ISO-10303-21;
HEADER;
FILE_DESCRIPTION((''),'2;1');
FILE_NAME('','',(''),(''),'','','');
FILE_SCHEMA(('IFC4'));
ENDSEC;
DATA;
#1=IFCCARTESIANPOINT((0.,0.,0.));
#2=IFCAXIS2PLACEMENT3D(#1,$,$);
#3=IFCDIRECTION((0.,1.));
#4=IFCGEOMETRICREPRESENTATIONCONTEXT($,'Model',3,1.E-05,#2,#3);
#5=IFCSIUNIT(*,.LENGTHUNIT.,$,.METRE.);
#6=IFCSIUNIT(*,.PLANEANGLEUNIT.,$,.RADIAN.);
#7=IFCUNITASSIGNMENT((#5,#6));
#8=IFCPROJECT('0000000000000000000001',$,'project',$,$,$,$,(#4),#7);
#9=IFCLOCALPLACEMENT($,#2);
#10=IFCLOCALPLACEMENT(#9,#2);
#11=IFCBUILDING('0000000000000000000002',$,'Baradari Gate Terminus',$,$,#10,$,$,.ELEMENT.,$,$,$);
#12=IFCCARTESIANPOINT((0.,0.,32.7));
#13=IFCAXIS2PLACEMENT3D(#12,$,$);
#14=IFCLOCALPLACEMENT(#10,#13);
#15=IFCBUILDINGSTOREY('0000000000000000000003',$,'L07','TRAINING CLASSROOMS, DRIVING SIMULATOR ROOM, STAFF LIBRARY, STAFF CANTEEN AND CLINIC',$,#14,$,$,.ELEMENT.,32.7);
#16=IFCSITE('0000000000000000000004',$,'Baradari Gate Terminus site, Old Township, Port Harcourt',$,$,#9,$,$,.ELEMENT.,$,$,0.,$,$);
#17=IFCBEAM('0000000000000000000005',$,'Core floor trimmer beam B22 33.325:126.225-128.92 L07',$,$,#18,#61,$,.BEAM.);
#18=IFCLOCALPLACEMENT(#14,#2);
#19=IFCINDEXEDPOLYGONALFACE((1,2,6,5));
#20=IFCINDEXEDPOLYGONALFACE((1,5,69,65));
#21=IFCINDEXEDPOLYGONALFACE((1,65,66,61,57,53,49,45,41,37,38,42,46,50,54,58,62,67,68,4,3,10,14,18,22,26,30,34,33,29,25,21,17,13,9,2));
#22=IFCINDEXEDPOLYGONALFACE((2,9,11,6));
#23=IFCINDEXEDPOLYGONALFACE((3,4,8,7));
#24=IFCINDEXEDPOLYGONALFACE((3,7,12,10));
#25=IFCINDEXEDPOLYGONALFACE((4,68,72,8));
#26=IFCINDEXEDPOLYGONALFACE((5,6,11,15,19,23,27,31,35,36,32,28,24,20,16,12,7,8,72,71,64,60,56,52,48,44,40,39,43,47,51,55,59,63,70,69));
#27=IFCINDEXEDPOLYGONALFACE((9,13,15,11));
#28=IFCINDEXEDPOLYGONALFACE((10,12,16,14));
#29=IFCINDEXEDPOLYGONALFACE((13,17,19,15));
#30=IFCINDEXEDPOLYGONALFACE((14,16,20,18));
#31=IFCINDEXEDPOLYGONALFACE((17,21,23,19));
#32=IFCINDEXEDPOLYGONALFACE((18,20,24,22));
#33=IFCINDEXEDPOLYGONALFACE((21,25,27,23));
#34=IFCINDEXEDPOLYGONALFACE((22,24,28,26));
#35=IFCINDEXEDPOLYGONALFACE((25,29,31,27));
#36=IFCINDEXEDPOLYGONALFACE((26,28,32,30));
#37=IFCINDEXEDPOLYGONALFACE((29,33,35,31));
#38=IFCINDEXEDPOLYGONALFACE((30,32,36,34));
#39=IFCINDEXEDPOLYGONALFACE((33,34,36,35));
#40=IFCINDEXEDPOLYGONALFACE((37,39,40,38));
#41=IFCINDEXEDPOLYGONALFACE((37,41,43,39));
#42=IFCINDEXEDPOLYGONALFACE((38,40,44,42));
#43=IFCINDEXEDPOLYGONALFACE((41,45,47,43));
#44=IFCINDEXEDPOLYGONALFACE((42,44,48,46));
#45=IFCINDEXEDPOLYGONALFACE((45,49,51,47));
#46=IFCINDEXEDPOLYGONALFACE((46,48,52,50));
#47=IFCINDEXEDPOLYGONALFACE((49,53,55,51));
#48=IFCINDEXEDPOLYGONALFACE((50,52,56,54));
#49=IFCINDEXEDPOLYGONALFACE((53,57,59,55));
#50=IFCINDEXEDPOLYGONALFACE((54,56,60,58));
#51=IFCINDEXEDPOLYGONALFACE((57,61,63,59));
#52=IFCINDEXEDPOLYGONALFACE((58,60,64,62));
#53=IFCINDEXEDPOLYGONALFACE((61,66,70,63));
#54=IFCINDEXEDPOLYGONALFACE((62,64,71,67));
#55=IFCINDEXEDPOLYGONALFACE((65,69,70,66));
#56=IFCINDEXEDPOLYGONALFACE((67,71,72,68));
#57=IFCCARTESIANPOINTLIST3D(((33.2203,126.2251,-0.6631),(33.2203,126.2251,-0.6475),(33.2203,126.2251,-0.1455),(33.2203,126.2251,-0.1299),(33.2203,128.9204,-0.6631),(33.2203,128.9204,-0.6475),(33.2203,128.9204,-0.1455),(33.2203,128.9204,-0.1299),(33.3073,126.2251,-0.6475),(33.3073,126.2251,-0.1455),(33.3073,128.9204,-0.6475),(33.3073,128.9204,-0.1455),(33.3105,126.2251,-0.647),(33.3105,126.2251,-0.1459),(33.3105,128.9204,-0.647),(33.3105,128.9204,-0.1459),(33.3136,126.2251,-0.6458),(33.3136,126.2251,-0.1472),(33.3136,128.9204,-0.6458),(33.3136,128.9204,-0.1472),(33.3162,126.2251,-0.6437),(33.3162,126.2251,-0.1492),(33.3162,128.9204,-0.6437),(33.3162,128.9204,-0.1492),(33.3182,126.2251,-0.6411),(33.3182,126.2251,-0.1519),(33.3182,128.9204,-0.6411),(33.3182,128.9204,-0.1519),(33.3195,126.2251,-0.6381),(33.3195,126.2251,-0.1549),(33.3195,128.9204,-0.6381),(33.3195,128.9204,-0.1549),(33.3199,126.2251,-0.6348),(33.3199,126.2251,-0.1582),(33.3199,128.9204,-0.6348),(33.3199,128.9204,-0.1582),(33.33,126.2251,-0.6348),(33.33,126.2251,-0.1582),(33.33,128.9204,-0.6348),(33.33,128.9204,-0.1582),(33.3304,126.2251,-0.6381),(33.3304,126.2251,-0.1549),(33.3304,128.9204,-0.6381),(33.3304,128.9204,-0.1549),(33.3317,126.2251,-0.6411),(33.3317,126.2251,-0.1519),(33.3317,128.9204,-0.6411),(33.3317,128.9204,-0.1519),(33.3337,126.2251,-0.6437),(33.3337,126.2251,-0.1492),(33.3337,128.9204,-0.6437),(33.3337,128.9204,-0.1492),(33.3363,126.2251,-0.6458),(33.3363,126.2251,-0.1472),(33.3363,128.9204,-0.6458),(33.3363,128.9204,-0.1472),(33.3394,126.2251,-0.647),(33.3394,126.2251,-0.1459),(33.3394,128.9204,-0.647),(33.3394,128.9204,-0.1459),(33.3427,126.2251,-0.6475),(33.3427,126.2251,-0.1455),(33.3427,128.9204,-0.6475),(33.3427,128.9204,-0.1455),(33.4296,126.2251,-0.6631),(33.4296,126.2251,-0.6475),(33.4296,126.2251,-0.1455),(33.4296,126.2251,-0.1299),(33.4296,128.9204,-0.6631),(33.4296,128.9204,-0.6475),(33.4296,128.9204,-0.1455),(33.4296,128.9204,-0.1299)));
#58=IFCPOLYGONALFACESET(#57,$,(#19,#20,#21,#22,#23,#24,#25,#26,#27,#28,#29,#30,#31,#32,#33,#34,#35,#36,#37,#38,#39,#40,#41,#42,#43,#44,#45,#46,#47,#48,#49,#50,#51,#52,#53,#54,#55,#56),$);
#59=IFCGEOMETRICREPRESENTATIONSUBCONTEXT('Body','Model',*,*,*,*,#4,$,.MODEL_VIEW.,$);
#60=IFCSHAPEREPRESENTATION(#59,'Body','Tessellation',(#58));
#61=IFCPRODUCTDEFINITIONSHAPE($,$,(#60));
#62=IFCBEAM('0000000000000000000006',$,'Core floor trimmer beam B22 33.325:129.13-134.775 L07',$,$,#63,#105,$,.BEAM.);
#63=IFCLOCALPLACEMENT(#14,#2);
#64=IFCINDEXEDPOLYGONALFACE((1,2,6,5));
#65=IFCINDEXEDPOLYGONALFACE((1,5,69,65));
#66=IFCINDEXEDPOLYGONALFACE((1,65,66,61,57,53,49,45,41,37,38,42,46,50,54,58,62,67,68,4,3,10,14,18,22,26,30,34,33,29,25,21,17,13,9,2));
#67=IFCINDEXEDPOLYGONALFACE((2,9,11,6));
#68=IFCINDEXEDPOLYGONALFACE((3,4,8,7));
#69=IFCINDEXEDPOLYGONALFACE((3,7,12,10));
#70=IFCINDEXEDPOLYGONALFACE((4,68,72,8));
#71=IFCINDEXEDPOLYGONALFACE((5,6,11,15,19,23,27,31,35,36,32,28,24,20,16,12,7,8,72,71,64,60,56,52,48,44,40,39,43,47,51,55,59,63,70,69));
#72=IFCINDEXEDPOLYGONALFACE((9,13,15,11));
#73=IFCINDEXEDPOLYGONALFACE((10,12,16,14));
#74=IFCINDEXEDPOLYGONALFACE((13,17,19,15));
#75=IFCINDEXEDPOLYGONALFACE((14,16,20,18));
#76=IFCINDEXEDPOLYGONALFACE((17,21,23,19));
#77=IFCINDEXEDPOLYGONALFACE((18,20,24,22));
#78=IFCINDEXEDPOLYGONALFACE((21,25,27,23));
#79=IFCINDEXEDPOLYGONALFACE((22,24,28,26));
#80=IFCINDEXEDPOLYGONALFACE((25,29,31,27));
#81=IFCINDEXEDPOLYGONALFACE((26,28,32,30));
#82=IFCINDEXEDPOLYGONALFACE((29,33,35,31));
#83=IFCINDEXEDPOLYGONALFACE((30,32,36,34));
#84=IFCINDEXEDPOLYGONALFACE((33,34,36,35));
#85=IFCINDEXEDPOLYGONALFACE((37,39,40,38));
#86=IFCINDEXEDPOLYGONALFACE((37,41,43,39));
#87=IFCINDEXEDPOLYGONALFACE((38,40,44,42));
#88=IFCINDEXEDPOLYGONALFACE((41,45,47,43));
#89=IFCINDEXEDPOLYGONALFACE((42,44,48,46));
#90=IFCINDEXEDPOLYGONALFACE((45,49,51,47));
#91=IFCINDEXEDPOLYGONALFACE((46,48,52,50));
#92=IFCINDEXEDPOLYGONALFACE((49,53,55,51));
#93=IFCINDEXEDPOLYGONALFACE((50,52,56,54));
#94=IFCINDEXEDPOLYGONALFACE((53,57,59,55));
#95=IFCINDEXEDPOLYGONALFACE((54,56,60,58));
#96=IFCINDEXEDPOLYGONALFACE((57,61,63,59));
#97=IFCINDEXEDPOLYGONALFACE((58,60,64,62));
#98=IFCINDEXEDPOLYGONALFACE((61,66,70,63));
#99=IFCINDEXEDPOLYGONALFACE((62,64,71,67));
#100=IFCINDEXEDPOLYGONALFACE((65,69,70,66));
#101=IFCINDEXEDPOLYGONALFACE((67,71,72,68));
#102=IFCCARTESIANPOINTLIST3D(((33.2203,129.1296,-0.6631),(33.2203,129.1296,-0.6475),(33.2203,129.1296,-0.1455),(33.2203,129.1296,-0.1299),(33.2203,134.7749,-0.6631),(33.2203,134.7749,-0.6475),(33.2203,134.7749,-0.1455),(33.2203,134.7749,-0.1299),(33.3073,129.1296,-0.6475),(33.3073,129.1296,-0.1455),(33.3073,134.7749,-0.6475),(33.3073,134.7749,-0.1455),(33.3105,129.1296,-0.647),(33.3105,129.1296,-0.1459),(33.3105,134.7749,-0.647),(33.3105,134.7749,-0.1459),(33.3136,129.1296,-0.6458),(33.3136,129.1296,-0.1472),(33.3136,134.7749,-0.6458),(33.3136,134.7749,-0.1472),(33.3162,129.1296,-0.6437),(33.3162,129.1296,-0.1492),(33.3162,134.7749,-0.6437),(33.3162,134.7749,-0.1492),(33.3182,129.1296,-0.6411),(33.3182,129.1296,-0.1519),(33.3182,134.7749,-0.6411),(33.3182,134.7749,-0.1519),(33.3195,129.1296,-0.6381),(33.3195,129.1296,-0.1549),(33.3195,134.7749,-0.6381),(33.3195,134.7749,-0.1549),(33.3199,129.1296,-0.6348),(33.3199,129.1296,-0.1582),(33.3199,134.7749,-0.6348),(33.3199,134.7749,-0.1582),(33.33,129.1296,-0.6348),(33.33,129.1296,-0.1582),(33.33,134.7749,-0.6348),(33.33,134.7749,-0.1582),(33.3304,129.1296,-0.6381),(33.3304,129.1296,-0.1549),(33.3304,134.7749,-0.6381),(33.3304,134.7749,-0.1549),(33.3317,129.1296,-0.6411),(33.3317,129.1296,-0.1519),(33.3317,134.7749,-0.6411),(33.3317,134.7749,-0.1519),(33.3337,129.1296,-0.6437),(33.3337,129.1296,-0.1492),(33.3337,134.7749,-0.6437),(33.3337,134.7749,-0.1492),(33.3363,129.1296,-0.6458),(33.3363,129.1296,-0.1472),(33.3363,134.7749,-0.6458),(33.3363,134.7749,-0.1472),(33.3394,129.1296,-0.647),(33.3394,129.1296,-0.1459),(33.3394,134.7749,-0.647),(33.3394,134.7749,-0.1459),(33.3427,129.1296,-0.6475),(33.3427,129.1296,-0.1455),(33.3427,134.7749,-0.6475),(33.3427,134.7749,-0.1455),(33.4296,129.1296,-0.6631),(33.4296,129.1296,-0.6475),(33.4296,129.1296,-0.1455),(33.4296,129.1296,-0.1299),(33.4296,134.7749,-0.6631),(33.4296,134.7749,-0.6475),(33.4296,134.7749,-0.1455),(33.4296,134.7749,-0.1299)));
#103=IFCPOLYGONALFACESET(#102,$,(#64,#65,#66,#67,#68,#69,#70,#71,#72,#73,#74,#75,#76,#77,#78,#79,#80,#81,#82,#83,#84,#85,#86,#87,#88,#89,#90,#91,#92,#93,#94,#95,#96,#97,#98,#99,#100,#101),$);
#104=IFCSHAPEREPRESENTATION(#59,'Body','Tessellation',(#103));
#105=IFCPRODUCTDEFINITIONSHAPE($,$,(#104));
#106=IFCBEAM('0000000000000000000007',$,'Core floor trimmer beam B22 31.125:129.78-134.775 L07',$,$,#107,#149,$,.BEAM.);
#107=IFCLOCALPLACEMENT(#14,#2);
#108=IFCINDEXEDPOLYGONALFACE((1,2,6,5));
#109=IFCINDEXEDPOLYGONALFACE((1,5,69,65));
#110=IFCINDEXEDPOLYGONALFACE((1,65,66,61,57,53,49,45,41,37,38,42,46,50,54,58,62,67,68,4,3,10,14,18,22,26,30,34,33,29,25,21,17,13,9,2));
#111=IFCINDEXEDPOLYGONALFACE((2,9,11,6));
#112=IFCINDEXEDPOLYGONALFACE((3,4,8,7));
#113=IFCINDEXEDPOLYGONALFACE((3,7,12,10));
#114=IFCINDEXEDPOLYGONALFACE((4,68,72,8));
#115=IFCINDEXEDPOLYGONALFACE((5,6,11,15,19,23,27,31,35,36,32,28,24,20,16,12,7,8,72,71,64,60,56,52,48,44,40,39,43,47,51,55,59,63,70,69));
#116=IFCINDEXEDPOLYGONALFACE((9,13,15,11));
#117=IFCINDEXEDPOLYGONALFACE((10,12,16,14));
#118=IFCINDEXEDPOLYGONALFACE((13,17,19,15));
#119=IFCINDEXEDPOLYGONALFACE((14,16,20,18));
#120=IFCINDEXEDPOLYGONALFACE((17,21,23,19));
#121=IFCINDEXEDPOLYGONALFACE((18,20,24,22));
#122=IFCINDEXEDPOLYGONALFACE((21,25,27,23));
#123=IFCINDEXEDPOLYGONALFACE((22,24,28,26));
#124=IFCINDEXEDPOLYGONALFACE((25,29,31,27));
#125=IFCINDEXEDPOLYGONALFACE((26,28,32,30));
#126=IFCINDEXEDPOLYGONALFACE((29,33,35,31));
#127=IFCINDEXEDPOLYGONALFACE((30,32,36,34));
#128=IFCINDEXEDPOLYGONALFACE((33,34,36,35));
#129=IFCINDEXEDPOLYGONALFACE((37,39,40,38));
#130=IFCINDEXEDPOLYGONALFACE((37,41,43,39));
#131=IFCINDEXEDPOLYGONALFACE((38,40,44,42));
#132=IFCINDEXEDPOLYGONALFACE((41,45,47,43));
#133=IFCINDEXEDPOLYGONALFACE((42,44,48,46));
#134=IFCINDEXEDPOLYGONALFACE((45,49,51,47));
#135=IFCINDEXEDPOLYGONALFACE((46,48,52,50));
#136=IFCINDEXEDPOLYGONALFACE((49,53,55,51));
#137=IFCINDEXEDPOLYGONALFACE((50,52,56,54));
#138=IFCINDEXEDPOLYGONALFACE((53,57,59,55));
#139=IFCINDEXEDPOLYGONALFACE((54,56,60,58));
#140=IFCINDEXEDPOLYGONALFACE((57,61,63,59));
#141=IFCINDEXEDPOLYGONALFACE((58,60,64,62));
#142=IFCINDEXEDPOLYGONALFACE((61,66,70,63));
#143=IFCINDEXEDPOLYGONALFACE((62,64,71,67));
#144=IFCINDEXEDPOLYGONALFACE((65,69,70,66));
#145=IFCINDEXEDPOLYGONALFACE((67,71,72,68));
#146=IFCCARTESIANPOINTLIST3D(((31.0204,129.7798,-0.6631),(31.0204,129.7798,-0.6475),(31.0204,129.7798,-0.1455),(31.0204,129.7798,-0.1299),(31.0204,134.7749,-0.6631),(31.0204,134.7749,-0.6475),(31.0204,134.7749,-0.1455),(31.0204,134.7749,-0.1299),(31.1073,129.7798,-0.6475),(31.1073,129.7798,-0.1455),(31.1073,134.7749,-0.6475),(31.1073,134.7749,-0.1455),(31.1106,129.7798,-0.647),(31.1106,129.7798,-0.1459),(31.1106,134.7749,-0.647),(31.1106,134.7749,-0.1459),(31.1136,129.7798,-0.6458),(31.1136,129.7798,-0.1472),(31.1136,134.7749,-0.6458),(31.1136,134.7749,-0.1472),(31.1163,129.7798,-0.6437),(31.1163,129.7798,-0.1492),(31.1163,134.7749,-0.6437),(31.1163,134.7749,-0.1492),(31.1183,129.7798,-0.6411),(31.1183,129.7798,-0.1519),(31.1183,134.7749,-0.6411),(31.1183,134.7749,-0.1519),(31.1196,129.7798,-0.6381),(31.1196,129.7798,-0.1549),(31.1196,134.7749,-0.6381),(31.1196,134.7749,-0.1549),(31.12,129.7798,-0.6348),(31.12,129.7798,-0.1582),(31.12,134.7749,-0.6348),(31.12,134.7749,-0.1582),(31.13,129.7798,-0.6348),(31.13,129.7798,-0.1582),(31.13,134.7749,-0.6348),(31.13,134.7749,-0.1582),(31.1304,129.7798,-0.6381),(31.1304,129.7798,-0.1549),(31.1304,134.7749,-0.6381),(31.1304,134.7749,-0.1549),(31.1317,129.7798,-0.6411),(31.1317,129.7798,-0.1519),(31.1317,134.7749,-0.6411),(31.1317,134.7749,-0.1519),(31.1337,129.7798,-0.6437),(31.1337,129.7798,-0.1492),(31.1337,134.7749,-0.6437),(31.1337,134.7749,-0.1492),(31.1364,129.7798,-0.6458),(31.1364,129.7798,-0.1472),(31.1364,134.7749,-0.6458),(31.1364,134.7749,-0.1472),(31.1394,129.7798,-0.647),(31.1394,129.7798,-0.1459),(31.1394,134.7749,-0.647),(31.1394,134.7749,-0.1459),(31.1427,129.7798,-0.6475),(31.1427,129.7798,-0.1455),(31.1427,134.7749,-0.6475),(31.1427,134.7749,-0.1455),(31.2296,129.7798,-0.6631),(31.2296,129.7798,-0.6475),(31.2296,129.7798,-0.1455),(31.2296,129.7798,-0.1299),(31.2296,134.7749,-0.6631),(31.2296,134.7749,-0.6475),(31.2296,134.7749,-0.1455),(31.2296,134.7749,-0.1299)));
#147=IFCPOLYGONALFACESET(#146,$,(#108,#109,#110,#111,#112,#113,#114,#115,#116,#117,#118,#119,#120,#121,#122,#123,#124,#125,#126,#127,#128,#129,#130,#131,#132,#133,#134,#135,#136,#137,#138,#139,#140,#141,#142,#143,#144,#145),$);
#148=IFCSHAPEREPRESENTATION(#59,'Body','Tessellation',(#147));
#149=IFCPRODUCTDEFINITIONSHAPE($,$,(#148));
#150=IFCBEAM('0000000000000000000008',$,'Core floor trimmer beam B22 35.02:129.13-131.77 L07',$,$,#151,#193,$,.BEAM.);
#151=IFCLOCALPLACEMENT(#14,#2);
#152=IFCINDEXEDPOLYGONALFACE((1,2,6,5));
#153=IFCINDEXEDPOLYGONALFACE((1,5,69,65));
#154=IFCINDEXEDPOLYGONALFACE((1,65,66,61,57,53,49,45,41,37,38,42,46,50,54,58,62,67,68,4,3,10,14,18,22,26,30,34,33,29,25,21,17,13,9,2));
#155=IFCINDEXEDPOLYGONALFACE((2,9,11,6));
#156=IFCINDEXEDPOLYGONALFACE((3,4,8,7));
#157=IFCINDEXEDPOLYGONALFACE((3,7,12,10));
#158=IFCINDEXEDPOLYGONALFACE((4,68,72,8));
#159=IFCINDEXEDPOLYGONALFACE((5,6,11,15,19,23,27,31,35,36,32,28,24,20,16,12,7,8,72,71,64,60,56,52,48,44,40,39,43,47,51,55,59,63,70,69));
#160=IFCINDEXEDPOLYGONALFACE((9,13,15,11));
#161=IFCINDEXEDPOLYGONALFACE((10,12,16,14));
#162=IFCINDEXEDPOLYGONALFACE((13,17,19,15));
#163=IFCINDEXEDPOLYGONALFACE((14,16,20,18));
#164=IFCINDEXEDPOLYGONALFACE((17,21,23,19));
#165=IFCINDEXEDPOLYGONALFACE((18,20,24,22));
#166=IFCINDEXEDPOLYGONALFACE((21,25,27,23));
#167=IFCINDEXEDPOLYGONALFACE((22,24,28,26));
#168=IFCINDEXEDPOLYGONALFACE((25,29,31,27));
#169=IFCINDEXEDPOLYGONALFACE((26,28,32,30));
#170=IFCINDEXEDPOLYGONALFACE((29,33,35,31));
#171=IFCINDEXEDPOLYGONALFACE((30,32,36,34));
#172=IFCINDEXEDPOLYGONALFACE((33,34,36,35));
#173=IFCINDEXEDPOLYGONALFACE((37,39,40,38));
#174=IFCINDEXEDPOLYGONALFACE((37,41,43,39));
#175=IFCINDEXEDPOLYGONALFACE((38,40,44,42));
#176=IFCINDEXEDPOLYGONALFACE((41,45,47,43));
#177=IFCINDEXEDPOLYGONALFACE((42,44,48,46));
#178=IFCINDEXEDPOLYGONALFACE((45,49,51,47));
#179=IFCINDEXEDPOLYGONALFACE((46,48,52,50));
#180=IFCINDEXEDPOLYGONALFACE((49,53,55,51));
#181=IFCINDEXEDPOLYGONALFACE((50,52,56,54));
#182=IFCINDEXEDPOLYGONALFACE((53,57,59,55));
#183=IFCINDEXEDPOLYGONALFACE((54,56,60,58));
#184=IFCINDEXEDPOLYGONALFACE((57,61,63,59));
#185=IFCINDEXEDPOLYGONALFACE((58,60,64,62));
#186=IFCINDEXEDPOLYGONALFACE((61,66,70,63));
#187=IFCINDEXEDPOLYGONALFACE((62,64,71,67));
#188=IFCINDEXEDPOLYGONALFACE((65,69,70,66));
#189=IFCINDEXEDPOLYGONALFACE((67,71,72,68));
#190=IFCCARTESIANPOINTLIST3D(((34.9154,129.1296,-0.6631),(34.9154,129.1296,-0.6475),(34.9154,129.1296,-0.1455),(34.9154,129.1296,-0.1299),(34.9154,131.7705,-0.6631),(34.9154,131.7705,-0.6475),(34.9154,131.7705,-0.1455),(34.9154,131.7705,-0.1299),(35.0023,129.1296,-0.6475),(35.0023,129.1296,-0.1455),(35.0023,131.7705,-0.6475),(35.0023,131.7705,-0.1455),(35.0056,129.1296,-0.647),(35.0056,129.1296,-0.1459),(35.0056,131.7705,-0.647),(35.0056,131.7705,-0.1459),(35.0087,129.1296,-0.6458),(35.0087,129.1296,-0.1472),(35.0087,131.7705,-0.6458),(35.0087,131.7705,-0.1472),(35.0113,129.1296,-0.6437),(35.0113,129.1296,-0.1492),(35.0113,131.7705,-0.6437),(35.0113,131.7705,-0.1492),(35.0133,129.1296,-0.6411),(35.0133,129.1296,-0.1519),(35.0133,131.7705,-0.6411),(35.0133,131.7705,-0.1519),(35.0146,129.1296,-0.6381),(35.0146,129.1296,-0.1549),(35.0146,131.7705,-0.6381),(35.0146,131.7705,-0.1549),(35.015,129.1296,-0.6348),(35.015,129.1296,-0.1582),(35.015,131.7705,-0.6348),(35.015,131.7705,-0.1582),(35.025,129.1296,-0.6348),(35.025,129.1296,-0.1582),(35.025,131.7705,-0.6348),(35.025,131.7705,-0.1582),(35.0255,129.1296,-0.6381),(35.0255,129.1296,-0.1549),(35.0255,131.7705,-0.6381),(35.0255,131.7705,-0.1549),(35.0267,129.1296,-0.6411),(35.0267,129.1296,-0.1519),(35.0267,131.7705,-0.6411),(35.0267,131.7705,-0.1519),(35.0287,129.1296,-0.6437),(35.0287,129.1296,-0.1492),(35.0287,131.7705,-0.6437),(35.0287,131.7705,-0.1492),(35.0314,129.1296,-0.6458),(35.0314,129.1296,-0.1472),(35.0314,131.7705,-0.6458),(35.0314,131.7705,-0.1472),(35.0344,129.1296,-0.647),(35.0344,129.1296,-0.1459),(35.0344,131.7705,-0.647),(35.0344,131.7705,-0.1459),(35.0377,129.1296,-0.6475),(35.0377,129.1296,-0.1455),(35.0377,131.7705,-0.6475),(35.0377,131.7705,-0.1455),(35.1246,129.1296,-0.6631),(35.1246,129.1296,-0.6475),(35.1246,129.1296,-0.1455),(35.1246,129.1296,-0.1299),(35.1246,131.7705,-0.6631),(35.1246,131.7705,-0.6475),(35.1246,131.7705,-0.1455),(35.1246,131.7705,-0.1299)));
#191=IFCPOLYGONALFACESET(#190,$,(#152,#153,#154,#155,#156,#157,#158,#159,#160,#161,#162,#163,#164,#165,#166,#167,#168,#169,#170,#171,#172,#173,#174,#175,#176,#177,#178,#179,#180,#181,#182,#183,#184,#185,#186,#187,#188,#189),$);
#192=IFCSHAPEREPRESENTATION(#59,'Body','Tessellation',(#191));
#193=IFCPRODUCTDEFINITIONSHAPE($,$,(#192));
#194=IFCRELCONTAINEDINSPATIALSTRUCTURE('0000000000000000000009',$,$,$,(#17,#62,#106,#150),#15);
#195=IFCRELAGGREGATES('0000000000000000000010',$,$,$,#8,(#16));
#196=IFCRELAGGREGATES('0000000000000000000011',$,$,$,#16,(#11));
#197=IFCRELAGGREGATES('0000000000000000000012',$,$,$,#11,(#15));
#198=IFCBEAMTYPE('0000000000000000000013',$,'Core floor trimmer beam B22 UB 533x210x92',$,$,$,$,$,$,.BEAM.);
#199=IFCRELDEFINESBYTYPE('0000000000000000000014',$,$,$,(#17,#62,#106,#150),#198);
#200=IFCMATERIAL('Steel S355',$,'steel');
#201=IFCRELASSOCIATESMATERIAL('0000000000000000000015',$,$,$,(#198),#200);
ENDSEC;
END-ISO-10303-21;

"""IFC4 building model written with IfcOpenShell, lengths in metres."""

from ifc_helpers import new_model, si_unit, direction, frame, origin, origin_2d, place, context, subcontext, project, spatial, i_section, extrude, material, material_profile, profile_set, type_object, element, save


model = new_model("IFC4")

# Units and contexts
model_context = context("Model", 3, precision=1e-05, world=origin(), true_north=direction((0.0, 1.0)))
body_context = subcontext(model_context, "Body", "Model", "MODEL_VIEW")
ifc_project = project(units=[si_unit("LENGTHUNIT", "METRE"), si_unit("PLANEANGLEUNIT", "RADIAN")], contexts=[model_context])

# Site, building, storey
site_placement = place(None, origin())
site = spatial("IfcSite", under=ifc_project, at=site_placement, Name="Baradari Gate Terminus site, Old Township, Port Harcourt", CompositionType="ELEMENT", RefElevation=0.0)
building_placement = place(site_placement, origin())
building = spatial("IfcBuilding", under=site, at=building_placement, Name="Baradari Gate Terminus", CompositionType="ELEMENT")
storey_placement = place(building_placement, frame((0.0, 0.0, 32.7)))
storey = spatial("IfcBuildingStorey", under=building, at=storey_placement, Name="L07", Description="TRAINING CLASSROOMS, DRIVING SIMULATOR ROOM, STAFF LIBRARY, STAFF CANTEEN AND CLINIC", CompositionType="ELEMENT", Elevation=32.7)

# Beams
ifc_material_1 = material(Name="Steel S355", Category="steel")
ifc_material_profile_1 = material_profile(ifc_material_1, i_section(OverallWidth=0.2092, OverallDepth=0.5332, WebThickness=0.01, FlangeThickness=0.0156, FilletRadius=0.0127, at=origin_2d()), Name="UB 533x210x92")
ifc_profile_set_1 = profile_set([ifc_material_profile_1], Name="Steel S355")
beam_type_1 = type_object("IfcBeamType", Name="Core floor trimmer beam B22 UB 533x210x92", PredefinedType="BEAM", material=ifc_profile_set_1)
for number, where, z_axis, x_axis, name in (
    (1, (33.325, 126.2251, -0.3965), (0.0, 1.0, 0.0), (-1.0, 0.0, 0.0), "Core floor trimmer beam B22 33.325:126.225-128.92 L07"),
):
    element("IfcBeam", number, at=place(storey_placement, frame(where, z_axis=z_axis, x_axis=x_axis)), inside=storey, type_object=beam_type_1, Name=name, PredefinedType="BEAM", context=body_context, shape_type="SweptSolid", body=[
        extrude(i_section(OverallWidth=0.2092, OverallDepth=0.5332, WebThickness=0.01, FlangeThickness=0.0156, FilletRadius=0.0127, at=origin_2d()), origin(), (0.0, 0.0, 1.0), 2.6953),
    ])
beam_1_placement = place(storey_placement, frame((33.325, 129.1296, -0.3965), z_axis=(0.0, 1.0, 0.0), x_axis=(-1.0, 0.0, 0.0)))
element("IfcBeam", 2, at=beam_1_placement, inside=storey, type_object=beam_type_1, Name="Core floor trimmer beam B22 33.325:129.13-134.775 L07", PredefinedType="BEAM", context=body_context, shape_type="SweptSolid", body=[
    extrude(i_section(OverallWidth=0.2092, OverallDepth=0.5332, WebThickness=0.01, FlangeThickness=0.0156, FilletRadius=0.0127, at=origin_2d()), origin(), (0.0, 0.0, 1.0), 5.6453),
])
beam_2_placement = place(storey_placement, frame((31.125, 129.7798, -0.3965), z_axis=(0.0, 1.0, 0.0), x_axis=(-1.0, 0.0, 0.0)))
element("IfcBeam", 3, at=beam_2_placement, inside=storey, type_object=beam_type_1, Name="Core floor trimmer beam B22 31.125:129.78-134.775 L07", PredefinedType="BEAM", context=body_context, shape_type="SweptSolid", body=[
    extrude(i_section(OverallWidth=0.2092, OverallDepth=0.5332, WebThickness=0.01, FlangeThickness=0.0156, FilletRadius=0.0127, at=origin_2d()), origin(), (0.0, 0.0, 1.0), 4.9951),
])
beam_3_placement = place(storey_placement, frame((35.02, 129.1296, -0.3965), z_axis=(0.0, 1.0, 0.0), x_axis=(-1.0, 0.0, 0.0)))
element("IfcBeam", 4, at=beam_3_placement, inside=storey, type_object=beam_type_1, Name="Core floor trimmer beam B22 35.02:129.13-131.77 L07", PredefinedType="BEAM", context=body_context, shape_type="SweptSolid", body=[
    extrude(i_section(OverallWidth=0.2092, OverallDepth=0.5332, WebThickness=0.01, FlangeThickness=0.0156, FilletRadius=0.0127, at=origin_2d()), origin(), (0.0, 0.0, 1.0), 2.6409),
])

save(model, "model.ifc")
